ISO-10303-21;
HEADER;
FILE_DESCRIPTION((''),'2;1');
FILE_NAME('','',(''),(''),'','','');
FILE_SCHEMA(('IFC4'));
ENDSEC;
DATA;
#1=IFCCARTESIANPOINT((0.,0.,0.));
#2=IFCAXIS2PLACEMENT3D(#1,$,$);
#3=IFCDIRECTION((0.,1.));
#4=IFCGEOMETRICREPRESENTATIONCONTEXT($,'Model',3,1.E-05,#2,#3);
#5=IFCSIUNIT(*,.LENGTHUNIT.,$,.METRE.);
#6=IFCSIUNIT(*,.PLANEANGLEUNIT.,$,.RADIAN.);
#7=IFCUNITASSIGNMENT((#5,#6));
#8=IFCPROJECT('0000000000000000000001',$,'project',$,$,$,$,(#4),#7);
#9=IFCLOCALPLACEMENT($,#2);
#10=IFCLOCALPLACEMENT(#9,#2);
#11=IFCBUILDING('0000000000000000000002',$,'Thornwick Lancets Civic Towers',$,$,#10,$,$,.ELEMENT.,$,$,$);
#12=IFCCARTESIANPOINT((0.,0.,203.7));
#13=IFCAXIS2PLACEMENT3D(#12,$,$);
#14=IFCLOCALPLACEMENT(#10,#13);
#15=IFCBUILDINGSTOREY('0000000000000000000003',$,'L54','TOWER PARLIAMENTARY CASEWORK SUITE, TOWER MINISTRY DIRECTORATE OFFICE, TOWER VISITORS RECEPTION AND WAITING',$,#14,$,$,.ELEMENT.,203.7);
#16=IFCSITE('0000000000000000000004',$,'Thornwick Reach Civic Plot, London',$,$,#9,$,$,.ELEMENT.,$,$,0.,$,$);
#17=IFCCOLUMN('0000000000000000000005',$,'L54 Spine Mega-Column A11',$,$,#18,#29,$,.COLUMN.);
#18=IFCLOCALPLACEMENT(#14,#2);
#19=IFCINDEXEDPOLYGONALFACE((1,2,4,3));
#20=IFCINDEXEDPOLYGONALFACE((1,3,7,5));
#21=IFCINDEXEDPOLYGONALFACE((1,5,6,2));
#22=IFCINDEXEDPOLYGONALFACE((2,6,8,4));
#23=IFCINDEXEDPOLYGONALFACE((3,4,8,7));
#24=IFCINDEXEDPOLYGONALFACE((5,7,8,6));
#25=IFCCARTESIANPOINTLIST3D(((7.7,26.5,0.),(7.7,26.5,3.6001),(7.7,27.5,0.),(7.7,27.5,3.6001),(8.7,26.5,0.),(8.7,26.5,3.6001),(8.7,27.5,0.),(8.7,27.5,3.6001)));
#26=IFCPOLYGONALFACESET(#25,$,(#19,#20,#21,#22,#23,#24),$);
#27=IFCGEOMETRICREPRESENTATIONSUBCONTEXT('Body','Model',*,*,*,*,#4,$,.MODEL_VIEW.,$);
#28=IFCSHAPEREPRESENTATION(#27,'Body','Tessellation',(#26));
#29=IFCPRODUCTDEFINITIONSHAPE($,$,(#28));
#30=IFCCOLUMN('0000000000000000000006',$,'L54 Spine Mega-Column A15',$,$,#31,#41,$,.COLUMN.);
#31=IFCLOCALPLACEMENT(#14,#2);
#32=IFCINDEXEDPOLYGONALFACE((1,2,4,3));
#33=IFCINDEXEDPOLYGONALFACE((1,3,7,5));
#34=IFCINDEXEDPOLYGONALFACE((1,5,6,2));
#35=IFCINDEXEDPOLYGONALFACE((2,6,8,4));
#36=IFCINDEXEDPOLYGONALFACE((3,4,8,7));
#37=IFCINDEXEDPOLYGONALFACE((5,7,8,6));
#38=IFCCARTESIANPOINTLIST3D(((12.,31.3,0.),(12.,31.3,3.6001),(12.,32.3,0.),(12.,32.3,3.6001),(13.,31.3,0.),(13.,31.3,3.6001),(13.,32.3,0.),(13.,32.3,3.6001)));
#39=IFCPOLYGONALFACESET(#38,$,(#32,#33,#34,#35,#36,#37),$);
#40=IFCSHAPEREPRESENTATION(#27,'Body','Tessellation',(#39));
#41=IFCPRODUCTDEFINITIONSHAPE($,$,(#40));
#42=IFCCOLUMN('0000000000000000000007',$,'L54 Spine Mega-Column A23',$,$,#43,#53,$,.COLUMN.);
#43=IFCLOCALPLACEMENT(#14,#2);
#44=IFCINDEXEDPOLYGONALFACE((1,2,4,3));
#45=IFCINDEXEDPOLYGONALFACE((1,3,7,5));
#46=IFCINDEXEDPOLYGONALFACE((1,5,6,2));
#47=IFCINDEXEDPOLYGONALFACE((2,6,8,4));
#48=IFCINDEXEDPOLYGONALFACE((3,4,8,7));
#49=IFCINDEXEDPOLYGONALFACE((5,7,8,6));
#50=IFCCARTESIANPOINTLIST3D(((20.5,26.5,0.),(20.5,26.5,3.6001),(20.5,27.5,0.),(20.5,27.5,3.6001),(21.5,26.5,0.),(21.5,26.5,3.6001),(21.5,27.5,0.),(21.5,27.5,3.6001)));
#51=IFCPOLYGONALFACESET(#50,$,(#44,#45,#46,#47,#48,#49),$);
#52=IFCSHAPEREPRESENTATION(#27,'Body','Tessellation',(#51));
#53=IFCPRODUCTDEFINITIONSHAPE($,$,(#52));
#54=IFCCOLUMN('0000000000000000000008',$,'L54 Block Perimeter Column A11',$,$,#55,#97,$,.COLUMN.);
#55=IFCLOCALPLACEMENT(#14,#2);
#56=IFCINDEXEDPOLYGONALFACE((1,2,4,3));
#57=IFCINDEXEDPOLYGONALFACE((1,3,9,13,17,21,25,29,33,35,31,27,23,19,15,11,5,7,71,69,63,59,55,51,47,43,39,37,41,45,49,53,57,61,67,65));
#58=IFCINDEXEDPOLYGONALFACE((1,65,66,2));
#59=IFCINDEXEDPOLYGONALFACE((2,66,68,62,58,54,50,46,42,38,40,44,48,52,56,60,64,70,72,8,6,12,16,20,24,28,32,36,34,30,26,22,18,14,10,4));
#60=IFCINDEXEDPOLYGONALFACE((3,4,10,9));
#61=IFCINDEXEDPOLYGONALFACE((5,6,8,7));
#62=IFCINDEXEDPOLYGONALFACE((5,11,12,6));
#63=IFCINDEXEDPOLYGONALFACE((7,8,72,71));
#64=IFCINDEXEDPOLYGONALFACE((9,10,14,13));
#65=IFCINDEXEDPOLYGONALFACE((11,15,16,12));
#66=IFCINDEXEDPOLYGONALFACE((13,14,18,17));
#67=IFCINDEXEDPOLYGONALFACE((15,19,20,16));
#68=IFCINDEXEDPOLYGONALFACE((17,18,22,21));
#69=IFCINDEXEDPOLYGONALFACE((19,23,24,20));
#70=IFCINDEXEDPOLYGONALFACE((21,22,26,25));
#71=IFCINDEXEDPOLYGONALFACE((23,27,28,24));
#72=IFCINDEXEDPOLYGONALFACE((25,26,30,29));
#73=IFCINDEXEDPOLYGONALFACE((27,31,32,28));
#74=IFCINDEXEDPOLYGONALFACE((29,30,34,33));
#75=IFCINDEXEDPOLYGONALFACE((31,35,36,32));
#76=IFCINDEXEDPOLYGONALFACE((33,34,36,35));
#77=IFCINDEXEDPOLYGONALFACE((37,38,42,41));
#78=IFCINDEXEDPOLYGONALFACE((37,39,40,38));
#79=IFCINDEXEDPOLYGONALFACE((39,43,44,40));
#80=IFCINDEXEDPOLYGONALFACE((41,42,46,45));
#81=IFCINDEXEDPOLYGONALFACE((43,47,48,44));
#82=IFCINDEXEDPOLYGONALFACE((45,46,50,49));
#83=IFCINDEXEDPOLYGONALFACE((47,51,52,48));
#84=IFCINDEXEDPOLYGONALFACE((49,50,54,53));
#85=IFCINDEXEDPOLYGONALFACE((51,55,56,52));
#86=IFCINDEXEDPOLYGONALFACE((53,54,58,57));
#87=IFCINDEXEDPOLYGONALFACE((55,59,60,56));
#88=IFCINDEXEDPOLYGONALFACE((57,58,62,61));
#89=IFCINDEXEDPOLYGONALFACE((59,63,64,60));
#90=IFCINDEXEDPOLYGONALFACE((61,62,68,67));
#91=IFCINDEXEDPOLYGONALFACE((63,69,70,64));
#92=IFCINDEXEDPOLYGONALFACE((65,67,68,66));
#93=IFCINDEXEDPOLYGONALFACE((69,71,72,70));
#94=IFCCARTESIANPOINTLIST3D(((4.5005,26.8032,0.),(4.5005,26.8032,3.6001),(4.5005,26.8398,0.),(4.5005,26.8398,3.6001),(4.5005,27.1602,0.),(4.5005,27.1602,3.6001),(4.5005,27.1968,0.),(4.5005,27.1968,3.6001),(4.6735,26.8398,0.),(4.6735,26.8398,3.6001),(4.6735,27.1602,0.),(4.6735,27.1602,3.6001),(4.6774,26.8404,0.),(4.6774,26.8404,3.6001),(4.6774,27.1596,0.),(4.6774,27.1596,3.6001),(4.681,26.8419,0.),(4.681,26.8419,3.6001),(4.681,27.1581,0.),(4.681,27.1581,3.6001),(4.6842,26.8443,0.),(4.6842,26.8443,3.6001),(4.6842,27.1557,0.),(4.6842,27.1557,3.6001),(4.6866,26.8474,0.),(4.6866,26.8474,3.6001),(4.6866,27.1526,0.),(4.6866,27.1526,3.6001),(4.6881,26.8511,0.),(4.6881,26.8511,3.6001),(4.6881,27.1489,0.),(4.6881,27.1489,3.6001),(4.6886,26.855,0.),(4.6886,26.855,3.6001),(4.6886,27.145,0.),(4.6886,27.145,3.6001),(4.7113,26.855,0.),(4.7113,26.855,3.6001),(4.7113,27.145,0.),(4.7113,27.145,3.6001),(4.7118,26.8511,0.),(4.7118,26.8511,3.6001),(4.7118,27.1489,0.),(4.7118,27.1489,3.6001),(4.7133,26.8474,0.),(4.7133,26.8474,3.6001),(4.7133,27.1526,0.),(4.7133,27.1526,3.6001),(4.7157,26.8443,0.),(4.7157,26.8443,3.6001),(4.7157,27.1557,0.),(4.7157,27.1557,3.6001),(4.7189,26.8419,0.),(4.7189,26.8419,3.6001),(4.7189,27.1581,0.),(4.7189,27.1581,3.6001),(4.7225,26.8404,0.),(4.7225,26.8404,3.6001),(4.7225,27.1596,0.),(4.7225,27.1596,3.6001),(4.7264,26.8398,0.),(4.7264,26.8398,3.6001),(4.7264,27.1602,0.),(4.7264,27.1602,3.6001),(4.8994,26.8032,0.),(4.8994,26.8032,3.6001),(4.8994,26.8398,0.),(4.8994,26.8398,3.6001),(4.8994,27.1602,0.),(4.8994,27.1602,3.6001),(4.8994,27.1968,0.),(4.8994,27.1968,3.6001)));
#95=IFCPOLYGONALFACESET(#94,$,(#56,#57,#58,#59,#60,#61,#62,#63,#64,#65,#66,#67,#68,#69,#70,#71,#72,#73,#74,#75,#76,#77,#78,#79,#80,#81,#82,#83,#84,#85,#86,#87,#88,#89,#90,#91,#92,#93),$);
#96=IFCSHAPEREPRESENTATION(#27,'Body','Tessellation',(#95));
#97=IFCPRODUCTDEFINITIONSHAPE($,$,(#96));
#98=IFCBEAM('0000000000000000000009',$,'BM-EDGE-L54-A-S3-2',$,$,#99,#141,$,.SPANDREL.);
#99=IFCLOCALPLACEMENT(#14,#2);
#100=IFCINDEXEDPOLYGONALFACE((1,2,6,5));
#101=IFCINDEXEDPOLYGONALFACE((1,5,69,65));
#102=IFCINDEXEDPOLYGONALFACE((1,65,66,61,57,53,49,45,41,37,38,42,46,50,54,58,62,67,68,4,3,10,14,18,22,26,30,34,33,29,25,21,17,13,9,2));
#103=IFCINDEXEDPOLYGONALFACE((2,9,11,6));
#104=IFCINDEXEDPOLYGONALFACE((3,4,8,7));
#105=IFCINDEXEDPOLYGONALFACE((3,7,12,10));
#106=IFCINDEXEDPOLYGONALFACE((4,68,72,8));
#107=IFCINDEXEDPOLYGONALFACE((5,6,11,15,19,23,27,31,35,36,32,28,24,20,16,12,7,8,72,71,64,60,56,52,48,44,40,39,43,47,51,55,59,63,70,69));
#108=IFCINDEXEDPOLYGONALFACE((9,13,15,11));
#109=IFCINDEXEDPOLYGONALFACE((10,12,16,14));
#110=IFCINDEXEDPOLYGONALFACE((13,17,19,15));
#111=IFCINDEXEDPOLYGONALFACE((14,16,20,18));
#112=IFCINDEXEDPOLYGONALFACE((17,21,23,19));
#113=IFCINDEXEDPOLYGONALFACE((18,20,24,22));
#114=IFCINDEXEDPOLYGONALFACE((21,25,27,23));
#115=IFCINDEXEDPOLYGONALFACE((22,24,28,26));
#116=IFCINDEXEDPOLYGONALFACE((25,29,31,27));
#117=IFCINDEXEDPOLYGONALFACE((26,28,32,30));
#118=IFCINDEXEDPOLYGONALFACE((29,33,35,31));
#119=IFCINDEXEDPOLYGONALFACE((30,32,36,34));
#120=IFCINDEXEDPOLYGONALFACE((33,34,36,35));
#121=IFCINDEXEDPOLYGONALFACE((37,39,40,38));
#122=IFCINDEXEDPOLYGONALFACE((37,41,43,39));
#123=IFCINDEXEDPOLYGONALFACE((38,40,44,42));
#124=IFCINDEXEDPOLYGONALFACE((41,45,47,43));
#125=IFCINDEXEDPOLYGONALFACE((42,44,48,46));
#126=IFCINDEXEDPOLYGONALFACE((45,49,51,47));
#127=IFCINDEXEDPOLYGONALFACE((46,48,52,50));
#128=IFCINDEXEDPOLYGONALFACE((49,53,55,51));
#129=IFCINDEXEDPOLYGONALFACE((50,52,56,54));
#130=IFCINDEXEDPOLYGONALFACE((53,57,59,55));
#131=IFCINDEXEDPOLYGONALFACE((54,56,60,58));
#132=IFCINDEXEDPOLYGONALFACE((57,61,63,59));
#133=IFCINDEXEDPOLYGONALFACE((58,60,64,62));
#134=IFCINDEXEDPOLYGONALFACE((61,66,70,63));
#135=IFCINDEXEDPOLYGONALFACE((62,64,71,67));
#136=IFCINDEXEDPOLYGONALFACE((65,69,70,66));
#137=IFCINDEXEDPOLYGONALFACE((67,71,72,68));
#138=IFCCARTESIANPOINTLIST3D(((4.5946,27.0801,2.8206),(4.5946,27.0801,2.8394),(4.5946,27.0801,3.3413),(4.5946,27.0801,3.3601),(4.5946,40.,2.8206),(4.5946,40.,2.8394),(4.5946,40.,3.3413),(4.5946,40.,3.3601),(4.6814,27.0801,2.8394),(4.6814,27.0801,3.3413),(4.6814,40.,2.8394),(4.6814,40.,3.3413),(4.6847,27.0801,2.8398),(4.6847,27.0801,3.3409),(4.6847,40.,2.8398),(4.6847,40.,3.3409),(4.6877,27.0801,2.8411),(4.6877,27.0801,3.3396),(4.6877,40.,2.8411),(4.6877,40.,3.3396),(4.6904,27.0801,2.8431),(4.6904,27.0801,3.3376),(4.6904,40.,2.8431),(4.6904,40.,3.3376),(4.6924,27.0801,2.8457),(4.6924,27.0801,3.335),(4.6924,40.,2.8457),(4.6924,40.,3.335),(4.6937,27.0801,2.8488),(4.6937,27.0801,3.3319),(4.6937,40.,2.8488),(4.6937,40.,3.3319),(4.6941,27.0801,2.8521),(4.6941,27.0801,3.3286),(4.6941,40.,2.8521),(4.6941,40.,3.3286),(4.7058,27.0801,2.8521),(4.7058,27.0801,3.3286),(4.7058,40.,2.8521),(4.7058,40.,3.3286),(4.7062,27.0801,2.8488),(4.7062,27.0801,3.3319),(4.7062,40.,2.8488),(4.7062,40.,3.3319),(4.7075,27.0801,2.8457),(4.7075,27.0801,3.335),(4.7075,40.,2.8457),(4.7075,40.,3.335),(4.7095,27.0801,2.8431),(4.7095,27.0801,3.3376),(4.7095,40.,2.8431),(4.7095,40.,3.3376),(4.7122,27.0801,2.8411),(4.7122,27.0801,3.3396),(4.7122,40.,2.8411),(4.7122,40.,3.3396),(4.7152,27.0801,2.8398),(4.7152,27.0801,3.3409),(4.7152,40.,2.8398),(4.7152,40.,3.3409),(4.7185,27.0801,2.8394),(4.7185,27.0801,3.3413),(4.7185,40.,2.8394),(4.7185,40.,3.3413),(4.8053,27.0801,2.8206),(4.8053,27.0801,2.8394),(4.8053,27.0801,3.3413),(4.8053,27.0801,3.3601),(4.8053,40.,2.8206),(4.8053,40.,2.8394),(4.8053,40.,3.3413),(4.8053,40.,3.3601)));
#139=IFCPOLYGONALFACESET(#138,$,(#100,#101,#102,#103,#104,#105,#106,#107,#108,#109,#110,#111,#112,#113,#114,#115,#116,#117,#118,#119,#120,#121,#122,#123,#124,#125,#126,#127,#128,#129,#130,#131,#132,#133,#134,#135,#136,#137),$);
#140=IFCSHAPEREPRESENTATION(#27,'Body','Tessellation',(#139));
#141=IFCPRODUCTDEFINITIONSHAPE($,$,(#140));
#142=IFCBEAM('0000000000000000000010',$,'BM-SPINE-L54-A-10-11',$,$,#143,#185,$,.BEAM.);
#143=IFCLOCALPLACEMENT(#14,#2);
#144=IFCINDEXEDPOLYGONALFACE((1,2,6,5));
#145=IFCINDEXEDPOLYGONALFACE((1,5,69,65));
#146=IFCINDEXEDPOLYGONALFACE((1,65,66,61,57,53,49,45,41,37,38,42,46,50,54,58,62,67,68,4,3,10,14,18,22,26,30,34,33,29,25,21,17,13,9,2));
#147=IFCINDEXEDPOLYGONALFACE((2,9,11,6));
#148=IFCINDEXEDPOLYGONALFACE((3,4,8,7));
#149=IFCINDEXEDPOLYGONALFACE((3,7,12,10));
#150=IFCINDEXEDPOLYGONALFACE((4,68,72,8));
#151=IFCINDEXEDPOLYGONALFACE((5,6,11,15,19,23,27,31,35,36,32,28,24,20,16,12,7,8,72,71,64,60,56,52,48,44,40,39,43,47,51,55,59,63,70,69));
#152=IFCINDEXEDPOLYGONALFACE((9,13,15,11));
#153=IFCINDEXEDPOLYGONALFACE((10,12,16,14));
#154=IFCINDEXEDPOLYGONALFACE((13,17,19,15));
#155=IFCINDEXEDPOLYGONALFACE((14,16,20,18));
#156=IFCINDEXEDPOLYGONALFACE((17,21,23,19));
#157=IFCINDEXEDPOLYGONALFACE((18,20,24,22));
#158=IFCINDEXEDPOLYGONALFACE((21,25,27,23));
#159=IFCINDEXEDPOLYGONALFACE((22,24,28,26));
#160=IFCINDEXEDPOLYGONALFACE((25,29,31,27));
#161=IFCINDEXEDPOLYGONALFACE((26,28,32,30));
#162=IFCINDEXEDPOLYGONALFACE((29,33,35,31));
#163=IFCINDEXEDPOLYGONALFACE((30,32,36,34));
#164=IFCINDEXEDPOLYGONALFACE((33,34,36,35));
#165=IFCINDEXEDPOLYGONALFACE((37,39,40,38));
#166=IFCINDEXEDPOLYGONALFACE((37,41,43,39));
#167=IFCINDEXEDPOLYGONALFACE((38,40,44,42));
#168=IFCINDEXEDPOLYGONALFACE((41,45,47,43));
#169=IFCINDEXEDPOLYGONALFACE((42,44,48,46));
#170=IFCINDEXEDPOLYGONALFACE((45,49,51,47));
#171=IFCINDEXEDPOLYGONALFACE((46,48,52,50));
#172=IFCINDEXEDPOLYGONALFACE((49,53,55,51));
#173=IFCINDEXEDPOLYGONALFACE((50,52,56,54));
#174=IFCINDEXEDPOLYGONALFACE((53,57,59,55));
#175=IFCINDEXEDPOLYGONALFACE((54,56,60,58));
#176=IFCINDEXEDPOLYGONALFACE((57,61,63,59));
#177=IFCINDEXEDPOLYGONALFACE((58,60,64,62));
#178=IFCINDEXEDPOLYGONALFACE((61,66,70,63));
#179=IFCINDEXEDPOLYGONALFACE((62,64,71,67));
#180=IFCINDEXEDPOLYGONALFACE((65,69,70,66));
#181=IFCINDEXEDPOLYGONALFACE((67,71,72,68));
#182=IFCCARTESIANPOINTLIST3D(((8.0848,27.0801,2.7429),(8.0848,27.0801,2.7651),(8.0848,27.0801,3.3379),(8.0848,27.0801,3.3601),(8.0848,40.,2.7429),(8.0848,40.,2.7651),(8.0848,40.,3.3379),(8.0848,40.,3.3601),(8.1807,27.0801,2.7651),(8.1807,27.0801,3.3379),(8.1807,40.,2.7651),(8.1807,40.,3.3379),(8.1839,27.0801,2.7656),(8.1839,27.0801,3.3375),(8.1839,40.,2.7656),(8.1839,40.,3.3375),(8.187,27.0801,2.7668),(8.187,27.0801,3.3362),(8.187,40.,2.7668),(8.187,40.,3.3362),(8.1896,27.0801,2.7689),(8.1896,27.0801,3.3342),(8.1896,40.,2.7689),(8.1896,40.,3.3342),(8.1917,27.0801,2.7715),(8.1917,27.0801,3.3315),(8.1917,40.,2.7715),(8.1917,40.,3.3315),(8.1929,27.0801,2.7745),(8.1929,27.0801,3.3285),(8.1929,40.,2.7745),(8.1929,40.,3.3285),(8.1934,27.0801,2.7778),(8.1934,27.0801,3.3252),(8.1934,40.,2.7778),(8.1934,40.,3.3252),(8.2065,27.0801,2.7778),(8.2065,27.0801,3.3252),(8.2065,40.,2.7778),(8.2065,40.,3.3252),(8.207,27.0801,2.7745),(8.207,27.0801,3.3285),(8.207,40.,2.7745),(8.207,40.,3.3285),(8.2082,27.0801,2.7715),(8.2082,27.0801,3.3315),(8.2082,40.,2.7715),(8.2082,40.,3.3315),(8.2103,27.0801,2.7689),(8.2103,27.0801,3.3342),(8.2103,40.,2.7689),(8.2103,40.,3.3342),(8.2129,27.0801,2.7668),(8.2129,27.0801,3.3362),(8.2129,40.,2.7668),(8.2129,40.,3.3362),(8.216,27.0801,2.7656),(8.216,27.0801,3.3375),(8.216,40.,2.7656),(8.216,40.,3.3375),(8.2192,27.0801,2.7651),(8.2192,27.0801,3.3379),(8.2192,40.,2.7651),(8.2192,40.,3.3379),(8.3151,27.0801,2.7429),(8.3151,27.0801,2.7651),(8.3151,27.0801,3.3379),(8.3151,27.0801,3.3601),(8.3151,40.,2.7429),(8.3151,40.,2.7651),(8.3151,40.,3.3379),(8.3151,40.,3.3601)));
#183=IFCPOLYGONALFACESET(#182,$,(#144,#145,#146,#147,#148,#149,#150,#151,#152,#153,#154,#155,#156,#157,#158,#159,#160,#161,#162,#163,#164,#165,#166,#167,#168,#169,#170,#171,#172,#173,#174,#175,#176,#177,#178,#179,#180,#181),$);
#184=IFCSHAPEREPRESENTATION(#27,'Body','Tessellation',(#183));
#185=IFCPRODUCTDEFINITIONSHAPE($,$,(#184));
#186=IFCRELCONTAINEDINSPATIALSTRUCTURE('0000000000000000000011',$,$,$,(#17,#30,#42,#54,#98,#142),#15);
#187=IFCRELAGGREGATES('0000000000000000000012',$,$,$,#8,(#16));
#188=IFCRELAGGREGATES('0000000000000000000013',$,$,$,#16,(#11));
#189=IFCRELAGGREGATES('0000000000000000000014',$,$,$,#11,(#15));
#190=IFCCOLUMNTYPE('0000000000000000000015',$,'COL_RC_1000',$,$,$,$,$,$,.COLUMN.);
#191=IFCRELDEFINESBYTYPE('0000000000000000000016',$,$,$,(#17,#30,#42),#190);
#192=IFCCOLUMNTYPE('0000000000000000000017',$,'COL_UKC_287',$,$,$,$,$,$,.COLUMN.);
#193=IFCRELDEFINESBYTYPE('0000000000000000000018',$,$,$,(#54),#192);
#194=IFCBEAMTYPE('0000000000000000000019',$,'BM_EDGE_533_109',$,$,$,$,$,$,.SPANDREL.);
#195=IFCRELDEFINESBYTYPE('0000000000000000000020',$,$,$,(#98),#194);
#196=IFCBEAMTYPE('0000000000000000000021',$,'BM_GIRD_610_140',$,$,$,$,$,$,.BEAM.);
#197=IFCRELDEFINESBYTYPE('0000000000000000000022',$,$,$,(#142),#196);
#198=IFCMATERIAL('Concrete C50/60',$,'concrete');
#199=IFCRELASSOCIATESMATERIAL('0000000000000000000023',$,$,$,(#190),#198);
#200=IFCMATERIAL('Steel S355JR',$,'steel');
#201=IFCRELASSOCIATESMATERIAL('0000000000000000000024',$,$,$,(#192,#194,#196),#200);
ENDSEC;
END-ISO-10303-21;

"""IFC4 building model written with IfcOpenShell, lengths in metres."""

from ifc_helpers import new_model, si_unit, direction, frame, origin, origin_2d, place, context, subcontext, project, spatial, rectangle, i_section, extrude, material, material_profile, profile_set, type_object, element, save


model = new_model("IFC4")

# Units and contexts
model_context = context("Model", 3, precision=1e-05, world=origin(), true_north=direction((0.0, 1.0)))
body_context = subcontext(model_context, "Body", "Model", "MODEL_VIEW")
ifc_project = project(units=[si_unit("LENGTHUNIT", "METRE"), si_unit("PLANEANGLEUNIT", "RADIAN")], contexts=[model_context])

# Site, building, storey
site_placement = place(None, origin())
site = spatial("IfcSite", under=ifc_project, at=site_placement, Name="Thornwick Reach Civic Plot, London", CompositionType="ELEMENT", RefElevation=0.0)
building_placement = place(site_placement, origin())
building = spatial("IfcBuilding", under=site, at=building_placement, Name="Thornwick Lancets Civic Towers", CompositionType="ELEMENT")
storey_placement = place(building_placement, frame((0.0, 0.0, 203.7)))
storey = spatial("IfcBuildingStorey", under=building, at=storey_placement, Name="L54", Description="TOWER PARLIAMENTARY CASEWORK SUITE, TOWER MINISTRY DIRECTORATE OFFICE, TOWER VISITORS RECEPTION AND WAITING", CompositionType="ELEMENT", Elevation=203.7)

# Columns
ifc_material_1 = material(Name="Concrete C50/60", Category="concrete")
ifc_material_profile_1 = material_profile(ifc_material_1, rectangle(XDim=1.0, YDim=1.0, at=origin_2d()), Name="RC 1000x1000")
ifc_profile_set_1 = profile_set([ifc_material_profile_1], Name="Concrete C50/60")
column_type_1 = type_object("IfcColumnType", Name="COL_RC_1000", PredefinedType="COLUMN", material=ifc_profile_set_1)
for number, where, z_axis, x_axis, name in (
    (1, (8.2, 27.0, 0.0), (0.0, 0.0, 1.0), (1.0, 0.0, 0.0), "L54 Spine Mega-Column A11"),
    (2, (12.5, 31.8, 0.0), (0.0, 0.0, 1.0), (1.0, 0.0, 0.0), "L54 Spine Mega-Column A15"),
    (3, (21.0, 27.0, 0.0), (0.0, 0.0, 1.0), (1.0, 0.0, 0.0), "L54 Spine Mega-Column A23"),
):
    element("IfcColumn", number, at=place(storey_placement, frame(where, z_axis=z_axis, x_axis=x_axis)), inside=storey, type_object=column_type_1, Name=name, PredefinedType="COLUMN", context=body_context, shape_type="SweptSolid", body=[
        extrude(rectangle(XDim=1.0, YDim=1.0, at=origin_2d()), origin(), (0.0, 0.0, 1.0), 3.6001),
    ])
ifc_material_2 = material(Name="Steel S355JR", Category="steel")
ifc_material_profile_2 = material_profile(ifc_material_2, i_section(OverallWidth=0.3989, OverallDepth=0.3936, WebThickness=0.0227, FlangeThickness=0.0366, FilletRadius=0.0151, at=origin_2d()), Name="UKC 356x406x287")
ifc_profile_set_2 = profile_set([ifc_material_profile_2], Name="Steel S355JR")
column_type_2 = type_object("IfcColumnType", Name="COL_UKC_287", PredefinedType="COLUMN", material=ifc_profile_set_2)
column_placement = place(storey_placement, frame((4.7, 27.0, 0.0), z_axis=(0.0, 0.0, 1.0), x_axis=(1.0, 0.0, 0.0)))
element("IfcColumn", 4, at=column_placement, inside=storey, type_object=column_type_2, Name="L54 Block Perimeter Column A11", PredefinedType="COLUMN", context=body_context, shape_type="SweptSolid", body=[
    extrude(i_section(OverallWidth=0.3989, OverallDepth=0.3936, WebThickness=0.0227, FlangeThickness=0.0366, FilletRadius=0.0151, at=origin_2d()), origin(), (0.0, 0.0, 1.0), 3.6001),
])

# Beams
ifc_material_profile_3 = material_profile(ifc_material_2, i_section(OverallWidth=0.2107, OverallDepth=0.5396, WebThickness=0.0117, FlangeThickness=0.0188, FilletRadius=0.0127, at=origin_2d()), Name="UKB 533x210x109")
ifc_profile_set_3 = profile_set([ifc_material_profile_3], Name="Steel S355JR")
beam_type_1 = type_object("IfcBeamType", Name="BM_EDGE_533_109", PredefinedType="SPANDREL", material=ifc_profile_set_3)
beam_1_placement = place(storey_placement, frame((4.7, 27.0801, 3.0903), z_axis=(0.0, 1.0, 0.0), x_axis=(-1.0, 0.0, 0.0)))
element("IfcBeam", 5, at=beam_1_placement, inside=storey, type_object=beam_type_1, Name="BM-EDGE-L54-A-S3-2", PredefinedType="SPANDREL", context=body_context, shape_type="SweptSolid", body=[
    extrude(i_section(OverallWidth=0.2107, OverallDepth=0.5396, WebThickness=0.0117, FlangeThickness=0.0188, FilletRadius=0.0127, at=origin_2d()), origin(), (0.0, 0.0, 1.0), 12.9199),
])
ifc_material_profile_4 = material_profile(ifc_material_2, i_section(OverallWidth=0.2302, OverallDepth=0.6172, WebThickness=0.0132, FlangeThickness=0.0222, FilletRadius=0.0127, at=origin_2d()), Name="UKB 610x229x140")
ifc_profile_set_4 = profile_set([ifc_material_profile_4], Name="Steel S355JR")
beam_type_2 = type_object("IfcBeamType", Name="BM_GIRD_610_140", PredefinedType="BEAM", material=ifc_profile_set_4)
beam_2_placement = place(storey_placement, frame((8.2, 27.0801, 3.0515), z_axis=(0.0, 1.0, 0.0), x_axis=(-1.0, 0.0, 0.0)))
element("IfcBeam", 6, at=beam_2_placement, inside=storey, type_object=beam_type_2, Name="BM-SPINE-L54-A-10-11", PredefinedType="BEAM", context=body_context, shape_type="SweptSolid", body=[
    extrude(i_section(OverallWidth=0.2302, OverallDepth=0.6172, WebThickness=0.0132, FlangeThickness=0.0222, FilletRadius=0.0127, at=origin_2d()), origin(), (0.0, 0.0, 1.0), 12.9199),
])

save(model, "model.ifc")
